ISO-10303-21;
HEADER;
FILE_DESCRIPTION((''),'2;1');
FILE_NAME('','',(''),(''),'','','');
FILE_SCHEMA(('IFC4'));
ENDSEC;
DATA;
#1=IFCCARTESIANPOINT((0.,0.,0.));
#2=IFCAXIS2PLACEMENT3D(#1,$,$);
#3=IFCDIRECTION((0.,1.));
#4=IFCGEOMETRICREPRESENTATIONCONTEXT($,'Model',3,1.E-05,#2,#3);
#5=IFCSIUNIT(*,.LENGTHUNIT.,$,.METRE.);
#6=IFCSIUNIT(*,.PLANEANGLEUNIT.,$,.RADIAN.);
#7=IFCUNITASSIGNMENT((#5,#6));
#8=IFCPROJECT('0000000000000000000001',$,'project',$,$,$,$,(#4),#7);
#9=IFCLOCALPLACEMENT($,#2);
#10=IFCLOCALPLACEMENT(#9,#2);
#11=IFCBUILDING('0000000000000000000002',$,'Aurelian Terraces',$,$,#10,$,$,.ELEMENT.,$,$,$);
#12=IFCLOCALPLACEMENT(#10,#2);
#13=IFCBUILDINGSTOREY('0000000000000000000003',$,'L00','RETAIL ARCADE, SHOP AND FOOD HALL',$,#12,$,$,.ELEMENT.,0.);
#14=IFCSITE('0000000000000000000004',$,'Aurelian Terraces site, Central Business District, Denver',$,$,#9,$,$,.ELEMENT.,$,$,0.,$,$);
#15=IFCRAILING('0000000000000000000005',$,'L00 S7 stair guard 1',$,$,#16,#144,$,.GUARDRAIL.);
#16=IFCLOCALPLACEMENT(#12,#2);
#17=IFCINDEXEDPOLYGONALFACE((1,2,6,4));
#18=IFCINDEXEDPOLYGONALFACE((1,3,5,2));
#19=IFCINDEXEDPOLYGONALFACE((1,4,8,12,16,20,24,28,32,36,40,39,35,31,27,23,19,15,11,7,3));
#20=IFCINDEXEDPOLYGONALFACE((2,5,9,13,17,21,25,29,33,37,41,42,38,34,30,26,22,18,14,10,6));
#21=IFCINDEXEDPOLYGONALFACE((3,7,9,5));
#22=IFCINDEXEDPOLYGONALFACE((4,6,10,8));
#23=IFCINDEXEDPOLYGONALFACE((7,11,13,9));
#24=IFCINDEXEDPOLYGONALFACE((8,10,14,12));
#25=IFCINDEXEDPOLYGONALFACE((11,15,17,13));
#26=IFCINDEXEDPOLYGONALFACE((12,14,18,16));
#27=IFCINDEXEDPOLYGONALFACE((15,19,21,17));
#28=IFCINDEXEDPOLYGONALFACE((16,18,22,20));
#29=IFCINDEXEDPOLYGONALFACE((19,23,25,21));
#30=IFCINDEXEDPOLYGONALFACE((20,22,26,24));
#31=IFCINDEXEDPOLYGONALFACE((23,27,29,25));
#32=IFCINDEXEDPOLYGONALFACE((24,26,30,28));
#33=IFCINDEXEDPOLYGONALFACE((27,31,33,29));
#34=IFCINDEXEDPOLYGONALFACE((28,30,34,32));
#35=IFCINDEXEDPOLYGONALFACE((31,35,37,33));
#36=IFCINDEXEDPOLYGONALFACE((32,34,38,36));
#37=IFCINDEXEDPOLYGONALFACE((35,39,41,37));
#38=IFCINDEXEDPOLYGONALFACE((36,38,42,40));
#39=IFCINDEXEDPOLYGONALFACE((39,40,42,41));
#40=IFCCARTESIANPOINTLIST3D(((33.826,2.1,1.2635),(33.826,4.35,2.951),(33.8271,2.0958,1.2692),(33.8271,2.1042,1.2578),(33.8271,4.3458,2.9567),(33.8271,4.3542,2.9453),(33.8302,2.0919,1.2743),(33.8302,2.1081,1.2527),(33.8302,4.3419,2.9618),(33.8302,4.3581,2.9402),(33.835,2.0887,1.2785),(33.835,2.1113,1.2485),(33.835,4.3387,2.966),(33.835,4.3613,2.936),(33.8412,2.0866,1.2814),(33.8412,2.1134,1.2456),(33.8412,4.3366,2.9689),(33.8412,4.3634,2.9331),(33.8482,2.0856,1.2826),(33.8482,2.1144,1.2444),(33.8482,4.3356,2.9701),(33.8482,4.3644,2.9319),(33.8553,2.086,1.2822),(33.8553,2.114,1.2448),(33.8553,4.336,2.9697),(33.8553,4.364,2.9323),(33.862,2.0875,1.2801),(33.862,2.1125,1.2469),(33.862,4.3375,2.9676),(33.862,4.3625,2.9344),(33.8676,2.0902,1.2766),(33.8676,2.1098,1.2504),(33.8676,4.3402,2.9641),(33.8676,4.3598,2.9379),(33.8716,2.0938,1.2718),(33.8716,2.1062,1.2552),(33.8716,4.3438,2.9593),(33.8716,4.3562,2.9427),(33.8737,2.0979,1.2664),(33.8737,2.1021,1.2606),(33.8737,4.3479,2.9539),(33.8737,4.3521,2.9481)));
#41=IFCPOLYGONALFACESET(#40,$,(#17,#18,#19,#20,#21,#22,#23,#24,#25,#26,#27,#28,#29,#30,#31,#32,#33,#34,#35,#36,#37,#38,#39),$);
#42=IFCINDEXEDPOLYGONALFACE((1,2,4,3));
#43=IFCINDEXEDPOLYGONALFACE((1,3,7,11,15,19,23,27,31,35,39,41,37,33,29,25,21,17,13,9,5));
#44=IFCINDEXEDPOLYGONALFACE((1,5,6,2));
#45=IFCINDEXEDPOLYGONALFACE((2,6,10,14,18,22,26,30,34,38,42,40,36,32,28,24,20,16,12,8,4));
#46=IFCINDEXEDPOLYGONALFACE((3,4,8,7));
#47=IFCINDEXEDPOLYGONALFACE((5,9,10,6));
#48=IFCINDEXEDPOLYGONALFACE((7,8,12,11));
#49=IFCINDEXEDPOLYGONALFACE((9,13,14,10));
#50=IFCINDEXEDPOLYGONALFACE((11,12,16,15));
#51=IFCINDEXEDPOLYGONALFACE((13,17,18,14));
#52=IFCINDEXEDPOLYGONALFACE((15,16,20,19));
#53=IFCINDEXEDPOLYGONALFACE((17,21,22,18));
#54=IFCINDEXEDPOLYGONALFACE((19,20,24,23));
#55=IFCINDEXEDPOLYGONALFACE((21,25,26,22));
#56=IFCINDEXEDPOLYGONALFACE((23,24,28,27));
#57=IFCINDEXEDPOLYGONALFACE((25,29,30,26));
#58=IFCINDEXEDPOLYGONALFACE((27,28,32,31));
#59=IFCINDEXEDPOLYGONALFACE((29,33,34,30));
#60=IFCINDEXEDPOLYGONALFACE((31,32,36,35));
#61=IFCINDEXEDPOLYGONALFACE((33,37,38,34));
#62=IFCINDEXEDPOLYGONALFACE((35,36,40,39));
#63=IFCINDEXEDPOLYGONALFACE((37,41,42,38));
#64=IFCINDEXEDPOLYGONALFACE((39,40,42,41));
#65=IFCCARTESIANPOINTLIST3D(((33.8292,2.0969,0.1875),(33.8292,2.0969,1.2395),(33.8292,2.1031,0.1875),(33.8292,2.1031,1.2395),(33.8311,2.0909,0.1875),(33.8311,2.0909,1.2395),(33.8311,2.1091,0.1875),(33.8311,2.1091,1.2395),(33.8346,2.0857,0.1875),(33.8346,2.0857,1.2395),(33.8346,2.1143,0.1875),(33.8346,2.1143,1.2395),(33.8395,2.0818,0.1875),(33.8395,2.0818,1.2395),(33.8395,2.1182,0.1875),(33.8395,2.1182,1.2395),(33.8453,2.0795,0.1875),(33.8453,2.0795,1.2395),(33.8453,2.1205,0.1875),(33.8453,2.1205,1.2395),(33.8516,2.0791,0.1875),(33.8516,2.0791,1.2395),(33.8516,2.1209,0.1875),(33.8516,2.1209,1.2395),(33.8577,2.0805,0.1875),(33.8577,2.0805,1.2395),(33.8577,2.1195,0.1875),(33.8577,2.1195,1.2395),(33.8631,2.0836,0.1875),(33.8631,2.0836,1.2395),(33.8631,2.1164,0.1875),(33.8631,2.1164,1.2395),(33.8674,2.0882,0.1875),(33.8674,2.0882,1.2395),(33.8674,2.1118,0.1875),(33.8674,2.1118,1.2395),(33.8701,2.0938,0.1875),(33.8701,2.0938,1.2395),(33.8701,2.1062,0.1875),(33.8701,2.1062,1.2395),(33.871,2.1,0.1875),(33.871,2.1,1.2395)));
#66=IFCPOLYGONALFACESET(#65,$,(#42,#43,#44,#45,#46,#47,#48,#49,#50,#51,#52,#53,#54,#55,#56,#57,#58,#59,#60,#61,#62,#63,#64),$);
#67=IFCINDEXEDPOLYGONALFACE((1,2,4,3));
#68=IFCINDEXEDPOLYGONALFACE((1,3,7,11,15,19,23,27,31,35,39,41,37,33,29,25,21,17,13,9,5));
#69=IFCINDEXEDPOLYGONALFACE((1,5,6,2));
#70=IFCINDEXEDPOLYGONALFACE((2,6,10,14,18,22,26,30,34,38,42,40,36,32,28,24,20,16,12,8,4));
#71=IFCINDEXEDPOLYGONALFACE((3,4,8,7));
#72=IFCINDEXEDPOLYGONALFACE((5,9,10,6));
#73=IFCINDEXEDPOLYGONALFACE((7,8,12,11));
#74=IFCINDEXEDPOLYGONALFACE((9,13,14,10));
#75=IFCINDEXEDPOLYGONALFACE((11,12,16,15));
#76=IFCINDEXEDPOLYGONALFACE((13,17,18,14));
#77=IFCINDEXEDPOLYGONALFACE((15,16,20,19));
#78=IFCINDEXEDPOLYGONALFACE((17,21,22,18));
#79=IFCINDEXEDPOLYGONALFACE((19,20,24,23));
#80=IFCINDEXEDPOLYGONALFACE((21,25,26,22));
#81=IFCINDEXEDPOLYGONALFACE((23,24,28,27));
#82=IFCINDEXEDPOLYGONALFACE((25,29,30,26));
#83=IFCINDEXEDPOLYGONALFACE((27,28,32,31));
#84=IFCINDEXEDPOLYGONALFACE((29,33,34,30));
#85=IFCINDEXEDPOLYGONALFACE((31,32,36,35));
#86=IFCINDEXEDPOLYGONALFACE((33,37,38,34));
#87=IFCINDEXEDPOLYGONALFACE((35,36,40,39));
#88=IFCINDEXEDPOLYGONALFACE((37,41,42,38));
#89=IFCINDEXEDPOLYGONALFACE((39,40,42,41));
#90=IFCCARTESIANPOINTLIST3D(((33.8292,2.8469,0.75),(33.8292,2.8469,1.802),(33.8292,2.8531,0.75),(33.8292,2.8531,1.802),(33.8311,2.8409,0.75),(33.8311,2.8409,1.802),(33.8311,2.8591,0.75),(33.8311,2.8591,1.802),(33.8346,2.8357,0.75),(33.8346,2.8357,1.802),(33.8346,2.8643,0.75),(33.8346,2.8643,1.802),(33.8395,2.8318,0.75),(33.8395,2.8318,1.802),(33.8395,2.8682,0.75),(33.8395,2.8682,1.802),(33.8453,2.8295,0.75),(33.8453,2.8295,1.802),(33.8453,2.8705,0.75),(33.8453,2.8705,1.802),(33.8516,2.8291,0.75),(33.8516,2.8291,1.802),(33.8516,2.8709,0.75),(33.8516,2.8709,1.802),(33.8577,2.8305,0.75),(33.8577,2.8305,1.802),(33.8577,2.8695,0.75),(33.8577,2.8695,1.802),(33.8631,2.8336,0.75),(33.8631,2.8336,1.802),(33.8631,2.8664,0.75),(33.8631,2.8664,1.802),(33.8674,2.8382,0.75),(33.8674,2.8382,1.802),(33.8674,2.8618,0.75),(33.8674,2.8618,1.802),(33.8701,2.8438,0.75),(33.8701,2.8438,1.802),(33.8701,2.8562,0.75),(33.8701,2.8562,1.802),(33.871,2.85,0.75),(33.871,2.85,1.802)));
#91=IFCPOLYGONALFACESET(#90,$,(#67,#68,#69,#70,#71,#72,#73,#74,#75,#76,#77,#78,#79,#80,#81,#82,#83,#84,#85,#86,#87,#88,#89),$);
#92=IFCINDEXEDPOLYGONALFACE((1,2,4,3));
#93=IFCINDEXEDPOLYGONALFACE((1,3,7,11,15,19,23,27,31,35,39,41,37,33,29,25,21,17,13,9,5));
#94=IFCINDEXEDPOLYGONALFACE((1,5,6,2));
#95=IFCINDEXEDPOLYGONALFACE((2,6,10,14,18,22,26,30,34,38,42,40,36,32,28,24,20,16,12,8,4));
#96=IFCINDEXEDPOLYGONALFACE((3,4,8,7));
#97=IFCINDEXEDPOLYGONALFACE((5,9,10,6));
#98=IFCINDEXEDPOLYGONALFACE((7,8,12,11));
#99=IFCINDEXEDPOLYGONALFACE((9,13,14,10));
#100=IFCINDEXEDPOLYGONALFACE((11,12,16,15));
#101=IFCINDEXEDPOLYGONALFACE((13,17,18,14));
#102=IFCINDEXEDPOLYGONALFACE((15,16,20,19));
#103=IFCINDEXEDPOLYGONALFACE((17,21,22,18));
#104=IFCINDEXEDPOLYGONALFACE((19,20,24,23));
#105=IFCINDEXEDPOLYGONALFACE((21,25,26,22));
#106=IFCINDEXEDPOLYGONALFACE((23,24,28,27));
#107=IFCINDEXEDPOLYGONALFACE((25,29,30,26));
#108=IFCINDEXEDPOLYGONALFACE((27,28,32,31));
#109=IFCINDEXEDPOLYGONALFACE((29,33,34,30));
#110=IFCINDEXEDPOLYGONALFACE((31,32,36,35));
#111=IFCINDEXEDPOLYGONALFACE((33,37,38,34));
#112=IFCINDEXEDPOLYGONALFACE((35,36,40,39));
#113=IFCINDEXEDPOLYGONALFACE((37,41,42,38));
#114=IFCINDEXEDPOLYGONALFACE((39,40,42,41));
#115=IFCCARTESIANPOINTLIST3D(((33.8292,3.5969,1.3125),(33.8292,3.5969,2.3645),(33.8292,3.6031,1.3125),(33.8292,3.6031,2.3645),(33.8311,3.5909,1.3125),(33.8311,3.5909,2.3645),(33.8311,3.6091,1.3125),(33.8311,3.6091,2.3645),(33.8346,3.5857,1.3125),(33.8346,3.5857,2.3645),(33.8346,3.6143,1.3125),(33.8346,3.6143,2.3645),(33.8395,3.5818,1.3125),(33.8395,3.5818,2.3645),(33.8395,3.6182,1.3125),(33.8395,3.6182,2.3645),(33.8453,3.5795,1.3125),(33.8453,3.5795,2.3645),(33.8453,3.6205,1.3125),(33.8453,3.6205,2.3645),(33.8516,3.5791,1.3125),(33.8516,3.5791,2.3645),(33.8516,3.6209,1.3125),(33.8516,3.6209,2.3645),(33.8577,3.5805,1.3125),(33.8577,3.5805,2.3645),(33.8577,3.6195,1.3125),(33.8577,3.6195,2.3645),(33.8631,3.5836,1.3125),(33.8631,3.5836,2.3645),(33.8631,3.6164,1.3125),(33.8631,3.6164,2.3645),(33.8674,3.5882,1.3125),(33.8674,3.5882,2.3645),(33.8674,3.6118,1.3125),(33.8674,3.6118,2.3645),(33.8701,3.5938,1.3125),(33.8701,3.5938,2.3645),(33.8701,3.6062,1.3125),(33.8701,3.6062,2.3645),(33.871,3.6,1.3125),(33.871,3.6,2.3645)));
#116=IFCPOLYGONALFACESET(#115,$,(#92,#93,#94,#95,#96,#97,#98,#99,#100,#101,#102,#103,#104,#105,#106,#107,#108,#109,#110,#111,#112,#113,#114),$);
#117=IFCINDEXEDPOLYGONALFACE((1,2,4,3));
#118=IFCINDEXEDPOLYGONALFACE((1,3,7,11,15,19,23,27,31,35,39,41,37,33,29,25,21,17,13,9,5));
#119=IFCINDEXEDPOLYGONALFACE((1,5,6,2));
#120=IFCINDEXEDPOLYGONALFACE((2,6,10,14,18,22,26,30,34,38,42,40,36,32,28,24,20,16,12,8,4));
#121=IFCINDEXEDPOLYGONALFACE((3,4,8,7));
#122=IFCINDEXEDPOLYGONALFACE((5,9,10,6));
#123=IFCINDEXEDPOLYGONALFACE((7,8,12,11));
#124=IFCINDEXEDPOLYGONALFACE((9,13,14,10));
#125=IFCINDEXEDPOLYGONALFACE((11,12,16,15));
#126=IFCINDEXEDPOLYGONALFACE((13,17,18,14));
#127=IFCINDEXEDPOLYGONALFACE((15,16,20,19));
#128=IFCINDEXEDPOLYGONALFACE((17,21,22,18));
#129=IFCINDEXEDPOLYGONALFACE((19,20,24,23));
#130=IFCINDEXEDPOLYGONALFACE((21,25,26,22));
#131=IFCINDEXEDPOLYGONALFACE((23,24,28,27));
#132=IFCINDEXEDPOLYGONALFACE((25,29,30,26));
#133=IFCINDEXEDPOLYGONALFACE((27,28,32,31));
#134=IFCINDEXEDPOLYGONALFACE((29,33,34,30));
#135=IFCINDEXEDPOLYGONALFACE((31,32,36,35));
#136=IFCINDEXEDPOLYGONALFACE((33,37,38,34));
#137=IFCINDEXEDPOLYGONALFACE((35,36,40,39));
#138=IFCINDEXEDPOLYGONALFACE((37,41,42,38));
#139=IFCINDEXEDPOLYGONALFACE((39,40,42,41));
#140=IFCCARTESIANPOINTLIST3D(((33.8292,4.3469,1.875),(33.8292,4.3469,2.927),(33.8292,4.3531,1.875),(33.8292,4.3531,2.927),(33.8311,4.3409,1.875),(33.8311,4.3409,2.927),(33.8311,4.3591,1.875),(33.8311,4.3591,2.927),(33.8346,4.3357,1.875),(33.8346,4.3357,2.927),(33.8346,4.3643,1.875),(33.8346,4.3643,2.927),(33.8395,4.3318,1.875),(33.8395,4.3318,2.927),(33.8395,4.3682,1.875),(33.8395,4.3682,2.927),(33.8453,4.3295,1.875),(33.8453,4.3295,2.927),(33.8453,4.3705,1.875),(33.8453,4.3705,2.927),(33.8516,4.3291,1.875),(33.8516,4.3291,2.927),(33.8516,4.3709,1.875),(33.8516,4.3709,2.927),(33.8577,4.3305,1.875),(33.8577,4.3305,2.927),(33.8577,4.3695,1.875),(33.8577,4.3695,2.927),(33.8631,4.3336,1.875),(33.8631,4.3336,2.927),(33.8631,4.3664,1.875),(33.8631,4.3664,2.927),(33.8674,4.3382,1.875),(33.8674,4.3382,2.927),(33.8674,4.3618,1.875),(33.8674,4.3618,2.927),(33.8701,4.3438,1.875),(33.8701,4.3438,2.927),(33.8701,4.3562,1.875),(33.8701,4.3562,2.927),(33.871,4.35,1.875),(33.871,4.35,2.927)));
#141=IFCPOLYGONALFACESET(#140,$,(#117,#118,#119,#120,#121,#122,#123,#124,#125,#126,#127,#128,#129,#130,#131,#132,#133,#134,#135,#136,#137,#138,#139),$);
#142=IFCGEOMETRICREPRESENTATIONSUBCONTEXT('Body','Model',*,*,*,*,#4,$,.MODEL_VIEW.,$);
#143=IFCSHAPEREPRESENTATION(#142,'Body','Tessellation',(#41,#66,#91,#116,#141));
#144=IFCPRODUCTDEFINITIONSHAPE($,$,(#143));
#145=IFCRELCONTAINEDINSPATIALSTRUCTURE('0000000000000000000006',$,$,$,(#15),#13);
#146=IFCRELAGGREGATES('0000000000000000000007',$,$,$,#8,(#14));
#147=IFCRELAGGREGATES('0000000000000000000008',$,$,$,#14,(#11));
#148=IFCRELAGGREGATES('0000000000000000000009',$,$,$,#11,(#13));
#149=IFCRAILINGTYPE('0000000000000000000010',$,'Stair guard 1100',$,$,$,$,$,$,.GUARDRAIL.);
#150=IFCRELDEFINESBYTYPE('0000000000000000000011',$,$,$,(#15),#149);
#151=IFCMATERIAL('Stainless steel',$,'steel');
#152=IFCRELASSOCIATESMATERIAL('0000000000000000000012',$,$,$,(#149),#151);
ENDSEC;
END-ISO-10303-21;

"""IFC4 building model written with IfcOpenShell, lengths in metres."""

from ifc_helpers import new_model, si_unit, direction, frame, origin, origin_2d, place, context, subcontext, project, spatial, circle, extrude, source, transform, mapped, material, type_object, element, save


model = new_model("IFC4")

# Units and contexts
model_context = context("Model", 3, precision=1e-05, world=origin(), true_north=direction((0.0, 1.0)))
body_context = subcontext(model_context, "Body", "Model", "MODEL_VIEW")
ifc_project = project(units=[si_unit("LENGTHUNIT", "METRE"), si_unit("PLANEANGLEUNIT", "RADIAN")], contexts=[model_context])

# Site, building, storey
site_placement = place(None, origin())
site = spatial("IfcSite", under=ifc_project, at=site_placement, Name="Aurelian Terraces site, Central Business District, Denver", CompositionType="ELEMENT", RefElevation=0.0)
building_placement = place(site_placement, origin())
building = spatial("IfcBuilding", under=site, at=building_placement, Name="Aurelian Terraces", CompositionType="ELEMENT")
storey_placement = place(building_placement, origin())
storey = spatial("IfcBuildingStorey", under=building, at=storey_placement, Name="L00", Description="RETAIL ARCADE, SHOP AND FOOD HALL", CompositionType="ELEMENT", Elevation=0.0)

# Railing
ifc_material_1 = material(Name="Stainless steel", Category="steel")
railing_type = type_object("IfcRailingType", Name="Stair guard 1100", PredefinedType="GUARDRAIL", material=ifc_material_1)
shared_shape_1 = source(origin(), body_context, "Body", "SweptSolid", [
    extrude(circle(Radius=0.024, at=origin_2d()), frame((0.0, 0.0, 1.076), z_axis=(0.0, 0.8, 0.6), x_axis=(-1.0, 0.0, 0.0)), (0.0, 0.0, 1.0), 2.8125),
    extrude(circle(Radius=0.021, at=origin_2d()), origin(), (0.0, 0.0, 1.0), 1.052),
    extrude(circle(Radius=0.021, at=origin_2d()), frame((0.0, 0.75, 0.5625)), (0.0, 0.0, 1.0), 1.052),
    extrude(circle(Radius=0.021, at=origin_2d()), frame((0.0, 1.5, 1.125)), (0.0, 0.0, 1.0), 1.052),
    extrude(circle(Radius=0.021, at=origin_2d()), frame((0.0, 2.25, 1.6875)), (0.0, 0.0, 1.0), 1.052),
])
for number, where, name in (
    (1, (33.85, 2.1, 0.1875), "L00 S7 stair guard 1"),
):
    element("IfcRailing", number, at=place(storey_placement, frame(where)), inside=storey, type_object=railing_type, Name=name, PredefinedType="GUARDRAIL", context=body_context, shape_type="MappedRepresentation", body=[
        mapped(shared_shape_1, transform((0.0, 0.0, 0.0), scale=1.0)),
    ])

save(model, "model.ifc")
